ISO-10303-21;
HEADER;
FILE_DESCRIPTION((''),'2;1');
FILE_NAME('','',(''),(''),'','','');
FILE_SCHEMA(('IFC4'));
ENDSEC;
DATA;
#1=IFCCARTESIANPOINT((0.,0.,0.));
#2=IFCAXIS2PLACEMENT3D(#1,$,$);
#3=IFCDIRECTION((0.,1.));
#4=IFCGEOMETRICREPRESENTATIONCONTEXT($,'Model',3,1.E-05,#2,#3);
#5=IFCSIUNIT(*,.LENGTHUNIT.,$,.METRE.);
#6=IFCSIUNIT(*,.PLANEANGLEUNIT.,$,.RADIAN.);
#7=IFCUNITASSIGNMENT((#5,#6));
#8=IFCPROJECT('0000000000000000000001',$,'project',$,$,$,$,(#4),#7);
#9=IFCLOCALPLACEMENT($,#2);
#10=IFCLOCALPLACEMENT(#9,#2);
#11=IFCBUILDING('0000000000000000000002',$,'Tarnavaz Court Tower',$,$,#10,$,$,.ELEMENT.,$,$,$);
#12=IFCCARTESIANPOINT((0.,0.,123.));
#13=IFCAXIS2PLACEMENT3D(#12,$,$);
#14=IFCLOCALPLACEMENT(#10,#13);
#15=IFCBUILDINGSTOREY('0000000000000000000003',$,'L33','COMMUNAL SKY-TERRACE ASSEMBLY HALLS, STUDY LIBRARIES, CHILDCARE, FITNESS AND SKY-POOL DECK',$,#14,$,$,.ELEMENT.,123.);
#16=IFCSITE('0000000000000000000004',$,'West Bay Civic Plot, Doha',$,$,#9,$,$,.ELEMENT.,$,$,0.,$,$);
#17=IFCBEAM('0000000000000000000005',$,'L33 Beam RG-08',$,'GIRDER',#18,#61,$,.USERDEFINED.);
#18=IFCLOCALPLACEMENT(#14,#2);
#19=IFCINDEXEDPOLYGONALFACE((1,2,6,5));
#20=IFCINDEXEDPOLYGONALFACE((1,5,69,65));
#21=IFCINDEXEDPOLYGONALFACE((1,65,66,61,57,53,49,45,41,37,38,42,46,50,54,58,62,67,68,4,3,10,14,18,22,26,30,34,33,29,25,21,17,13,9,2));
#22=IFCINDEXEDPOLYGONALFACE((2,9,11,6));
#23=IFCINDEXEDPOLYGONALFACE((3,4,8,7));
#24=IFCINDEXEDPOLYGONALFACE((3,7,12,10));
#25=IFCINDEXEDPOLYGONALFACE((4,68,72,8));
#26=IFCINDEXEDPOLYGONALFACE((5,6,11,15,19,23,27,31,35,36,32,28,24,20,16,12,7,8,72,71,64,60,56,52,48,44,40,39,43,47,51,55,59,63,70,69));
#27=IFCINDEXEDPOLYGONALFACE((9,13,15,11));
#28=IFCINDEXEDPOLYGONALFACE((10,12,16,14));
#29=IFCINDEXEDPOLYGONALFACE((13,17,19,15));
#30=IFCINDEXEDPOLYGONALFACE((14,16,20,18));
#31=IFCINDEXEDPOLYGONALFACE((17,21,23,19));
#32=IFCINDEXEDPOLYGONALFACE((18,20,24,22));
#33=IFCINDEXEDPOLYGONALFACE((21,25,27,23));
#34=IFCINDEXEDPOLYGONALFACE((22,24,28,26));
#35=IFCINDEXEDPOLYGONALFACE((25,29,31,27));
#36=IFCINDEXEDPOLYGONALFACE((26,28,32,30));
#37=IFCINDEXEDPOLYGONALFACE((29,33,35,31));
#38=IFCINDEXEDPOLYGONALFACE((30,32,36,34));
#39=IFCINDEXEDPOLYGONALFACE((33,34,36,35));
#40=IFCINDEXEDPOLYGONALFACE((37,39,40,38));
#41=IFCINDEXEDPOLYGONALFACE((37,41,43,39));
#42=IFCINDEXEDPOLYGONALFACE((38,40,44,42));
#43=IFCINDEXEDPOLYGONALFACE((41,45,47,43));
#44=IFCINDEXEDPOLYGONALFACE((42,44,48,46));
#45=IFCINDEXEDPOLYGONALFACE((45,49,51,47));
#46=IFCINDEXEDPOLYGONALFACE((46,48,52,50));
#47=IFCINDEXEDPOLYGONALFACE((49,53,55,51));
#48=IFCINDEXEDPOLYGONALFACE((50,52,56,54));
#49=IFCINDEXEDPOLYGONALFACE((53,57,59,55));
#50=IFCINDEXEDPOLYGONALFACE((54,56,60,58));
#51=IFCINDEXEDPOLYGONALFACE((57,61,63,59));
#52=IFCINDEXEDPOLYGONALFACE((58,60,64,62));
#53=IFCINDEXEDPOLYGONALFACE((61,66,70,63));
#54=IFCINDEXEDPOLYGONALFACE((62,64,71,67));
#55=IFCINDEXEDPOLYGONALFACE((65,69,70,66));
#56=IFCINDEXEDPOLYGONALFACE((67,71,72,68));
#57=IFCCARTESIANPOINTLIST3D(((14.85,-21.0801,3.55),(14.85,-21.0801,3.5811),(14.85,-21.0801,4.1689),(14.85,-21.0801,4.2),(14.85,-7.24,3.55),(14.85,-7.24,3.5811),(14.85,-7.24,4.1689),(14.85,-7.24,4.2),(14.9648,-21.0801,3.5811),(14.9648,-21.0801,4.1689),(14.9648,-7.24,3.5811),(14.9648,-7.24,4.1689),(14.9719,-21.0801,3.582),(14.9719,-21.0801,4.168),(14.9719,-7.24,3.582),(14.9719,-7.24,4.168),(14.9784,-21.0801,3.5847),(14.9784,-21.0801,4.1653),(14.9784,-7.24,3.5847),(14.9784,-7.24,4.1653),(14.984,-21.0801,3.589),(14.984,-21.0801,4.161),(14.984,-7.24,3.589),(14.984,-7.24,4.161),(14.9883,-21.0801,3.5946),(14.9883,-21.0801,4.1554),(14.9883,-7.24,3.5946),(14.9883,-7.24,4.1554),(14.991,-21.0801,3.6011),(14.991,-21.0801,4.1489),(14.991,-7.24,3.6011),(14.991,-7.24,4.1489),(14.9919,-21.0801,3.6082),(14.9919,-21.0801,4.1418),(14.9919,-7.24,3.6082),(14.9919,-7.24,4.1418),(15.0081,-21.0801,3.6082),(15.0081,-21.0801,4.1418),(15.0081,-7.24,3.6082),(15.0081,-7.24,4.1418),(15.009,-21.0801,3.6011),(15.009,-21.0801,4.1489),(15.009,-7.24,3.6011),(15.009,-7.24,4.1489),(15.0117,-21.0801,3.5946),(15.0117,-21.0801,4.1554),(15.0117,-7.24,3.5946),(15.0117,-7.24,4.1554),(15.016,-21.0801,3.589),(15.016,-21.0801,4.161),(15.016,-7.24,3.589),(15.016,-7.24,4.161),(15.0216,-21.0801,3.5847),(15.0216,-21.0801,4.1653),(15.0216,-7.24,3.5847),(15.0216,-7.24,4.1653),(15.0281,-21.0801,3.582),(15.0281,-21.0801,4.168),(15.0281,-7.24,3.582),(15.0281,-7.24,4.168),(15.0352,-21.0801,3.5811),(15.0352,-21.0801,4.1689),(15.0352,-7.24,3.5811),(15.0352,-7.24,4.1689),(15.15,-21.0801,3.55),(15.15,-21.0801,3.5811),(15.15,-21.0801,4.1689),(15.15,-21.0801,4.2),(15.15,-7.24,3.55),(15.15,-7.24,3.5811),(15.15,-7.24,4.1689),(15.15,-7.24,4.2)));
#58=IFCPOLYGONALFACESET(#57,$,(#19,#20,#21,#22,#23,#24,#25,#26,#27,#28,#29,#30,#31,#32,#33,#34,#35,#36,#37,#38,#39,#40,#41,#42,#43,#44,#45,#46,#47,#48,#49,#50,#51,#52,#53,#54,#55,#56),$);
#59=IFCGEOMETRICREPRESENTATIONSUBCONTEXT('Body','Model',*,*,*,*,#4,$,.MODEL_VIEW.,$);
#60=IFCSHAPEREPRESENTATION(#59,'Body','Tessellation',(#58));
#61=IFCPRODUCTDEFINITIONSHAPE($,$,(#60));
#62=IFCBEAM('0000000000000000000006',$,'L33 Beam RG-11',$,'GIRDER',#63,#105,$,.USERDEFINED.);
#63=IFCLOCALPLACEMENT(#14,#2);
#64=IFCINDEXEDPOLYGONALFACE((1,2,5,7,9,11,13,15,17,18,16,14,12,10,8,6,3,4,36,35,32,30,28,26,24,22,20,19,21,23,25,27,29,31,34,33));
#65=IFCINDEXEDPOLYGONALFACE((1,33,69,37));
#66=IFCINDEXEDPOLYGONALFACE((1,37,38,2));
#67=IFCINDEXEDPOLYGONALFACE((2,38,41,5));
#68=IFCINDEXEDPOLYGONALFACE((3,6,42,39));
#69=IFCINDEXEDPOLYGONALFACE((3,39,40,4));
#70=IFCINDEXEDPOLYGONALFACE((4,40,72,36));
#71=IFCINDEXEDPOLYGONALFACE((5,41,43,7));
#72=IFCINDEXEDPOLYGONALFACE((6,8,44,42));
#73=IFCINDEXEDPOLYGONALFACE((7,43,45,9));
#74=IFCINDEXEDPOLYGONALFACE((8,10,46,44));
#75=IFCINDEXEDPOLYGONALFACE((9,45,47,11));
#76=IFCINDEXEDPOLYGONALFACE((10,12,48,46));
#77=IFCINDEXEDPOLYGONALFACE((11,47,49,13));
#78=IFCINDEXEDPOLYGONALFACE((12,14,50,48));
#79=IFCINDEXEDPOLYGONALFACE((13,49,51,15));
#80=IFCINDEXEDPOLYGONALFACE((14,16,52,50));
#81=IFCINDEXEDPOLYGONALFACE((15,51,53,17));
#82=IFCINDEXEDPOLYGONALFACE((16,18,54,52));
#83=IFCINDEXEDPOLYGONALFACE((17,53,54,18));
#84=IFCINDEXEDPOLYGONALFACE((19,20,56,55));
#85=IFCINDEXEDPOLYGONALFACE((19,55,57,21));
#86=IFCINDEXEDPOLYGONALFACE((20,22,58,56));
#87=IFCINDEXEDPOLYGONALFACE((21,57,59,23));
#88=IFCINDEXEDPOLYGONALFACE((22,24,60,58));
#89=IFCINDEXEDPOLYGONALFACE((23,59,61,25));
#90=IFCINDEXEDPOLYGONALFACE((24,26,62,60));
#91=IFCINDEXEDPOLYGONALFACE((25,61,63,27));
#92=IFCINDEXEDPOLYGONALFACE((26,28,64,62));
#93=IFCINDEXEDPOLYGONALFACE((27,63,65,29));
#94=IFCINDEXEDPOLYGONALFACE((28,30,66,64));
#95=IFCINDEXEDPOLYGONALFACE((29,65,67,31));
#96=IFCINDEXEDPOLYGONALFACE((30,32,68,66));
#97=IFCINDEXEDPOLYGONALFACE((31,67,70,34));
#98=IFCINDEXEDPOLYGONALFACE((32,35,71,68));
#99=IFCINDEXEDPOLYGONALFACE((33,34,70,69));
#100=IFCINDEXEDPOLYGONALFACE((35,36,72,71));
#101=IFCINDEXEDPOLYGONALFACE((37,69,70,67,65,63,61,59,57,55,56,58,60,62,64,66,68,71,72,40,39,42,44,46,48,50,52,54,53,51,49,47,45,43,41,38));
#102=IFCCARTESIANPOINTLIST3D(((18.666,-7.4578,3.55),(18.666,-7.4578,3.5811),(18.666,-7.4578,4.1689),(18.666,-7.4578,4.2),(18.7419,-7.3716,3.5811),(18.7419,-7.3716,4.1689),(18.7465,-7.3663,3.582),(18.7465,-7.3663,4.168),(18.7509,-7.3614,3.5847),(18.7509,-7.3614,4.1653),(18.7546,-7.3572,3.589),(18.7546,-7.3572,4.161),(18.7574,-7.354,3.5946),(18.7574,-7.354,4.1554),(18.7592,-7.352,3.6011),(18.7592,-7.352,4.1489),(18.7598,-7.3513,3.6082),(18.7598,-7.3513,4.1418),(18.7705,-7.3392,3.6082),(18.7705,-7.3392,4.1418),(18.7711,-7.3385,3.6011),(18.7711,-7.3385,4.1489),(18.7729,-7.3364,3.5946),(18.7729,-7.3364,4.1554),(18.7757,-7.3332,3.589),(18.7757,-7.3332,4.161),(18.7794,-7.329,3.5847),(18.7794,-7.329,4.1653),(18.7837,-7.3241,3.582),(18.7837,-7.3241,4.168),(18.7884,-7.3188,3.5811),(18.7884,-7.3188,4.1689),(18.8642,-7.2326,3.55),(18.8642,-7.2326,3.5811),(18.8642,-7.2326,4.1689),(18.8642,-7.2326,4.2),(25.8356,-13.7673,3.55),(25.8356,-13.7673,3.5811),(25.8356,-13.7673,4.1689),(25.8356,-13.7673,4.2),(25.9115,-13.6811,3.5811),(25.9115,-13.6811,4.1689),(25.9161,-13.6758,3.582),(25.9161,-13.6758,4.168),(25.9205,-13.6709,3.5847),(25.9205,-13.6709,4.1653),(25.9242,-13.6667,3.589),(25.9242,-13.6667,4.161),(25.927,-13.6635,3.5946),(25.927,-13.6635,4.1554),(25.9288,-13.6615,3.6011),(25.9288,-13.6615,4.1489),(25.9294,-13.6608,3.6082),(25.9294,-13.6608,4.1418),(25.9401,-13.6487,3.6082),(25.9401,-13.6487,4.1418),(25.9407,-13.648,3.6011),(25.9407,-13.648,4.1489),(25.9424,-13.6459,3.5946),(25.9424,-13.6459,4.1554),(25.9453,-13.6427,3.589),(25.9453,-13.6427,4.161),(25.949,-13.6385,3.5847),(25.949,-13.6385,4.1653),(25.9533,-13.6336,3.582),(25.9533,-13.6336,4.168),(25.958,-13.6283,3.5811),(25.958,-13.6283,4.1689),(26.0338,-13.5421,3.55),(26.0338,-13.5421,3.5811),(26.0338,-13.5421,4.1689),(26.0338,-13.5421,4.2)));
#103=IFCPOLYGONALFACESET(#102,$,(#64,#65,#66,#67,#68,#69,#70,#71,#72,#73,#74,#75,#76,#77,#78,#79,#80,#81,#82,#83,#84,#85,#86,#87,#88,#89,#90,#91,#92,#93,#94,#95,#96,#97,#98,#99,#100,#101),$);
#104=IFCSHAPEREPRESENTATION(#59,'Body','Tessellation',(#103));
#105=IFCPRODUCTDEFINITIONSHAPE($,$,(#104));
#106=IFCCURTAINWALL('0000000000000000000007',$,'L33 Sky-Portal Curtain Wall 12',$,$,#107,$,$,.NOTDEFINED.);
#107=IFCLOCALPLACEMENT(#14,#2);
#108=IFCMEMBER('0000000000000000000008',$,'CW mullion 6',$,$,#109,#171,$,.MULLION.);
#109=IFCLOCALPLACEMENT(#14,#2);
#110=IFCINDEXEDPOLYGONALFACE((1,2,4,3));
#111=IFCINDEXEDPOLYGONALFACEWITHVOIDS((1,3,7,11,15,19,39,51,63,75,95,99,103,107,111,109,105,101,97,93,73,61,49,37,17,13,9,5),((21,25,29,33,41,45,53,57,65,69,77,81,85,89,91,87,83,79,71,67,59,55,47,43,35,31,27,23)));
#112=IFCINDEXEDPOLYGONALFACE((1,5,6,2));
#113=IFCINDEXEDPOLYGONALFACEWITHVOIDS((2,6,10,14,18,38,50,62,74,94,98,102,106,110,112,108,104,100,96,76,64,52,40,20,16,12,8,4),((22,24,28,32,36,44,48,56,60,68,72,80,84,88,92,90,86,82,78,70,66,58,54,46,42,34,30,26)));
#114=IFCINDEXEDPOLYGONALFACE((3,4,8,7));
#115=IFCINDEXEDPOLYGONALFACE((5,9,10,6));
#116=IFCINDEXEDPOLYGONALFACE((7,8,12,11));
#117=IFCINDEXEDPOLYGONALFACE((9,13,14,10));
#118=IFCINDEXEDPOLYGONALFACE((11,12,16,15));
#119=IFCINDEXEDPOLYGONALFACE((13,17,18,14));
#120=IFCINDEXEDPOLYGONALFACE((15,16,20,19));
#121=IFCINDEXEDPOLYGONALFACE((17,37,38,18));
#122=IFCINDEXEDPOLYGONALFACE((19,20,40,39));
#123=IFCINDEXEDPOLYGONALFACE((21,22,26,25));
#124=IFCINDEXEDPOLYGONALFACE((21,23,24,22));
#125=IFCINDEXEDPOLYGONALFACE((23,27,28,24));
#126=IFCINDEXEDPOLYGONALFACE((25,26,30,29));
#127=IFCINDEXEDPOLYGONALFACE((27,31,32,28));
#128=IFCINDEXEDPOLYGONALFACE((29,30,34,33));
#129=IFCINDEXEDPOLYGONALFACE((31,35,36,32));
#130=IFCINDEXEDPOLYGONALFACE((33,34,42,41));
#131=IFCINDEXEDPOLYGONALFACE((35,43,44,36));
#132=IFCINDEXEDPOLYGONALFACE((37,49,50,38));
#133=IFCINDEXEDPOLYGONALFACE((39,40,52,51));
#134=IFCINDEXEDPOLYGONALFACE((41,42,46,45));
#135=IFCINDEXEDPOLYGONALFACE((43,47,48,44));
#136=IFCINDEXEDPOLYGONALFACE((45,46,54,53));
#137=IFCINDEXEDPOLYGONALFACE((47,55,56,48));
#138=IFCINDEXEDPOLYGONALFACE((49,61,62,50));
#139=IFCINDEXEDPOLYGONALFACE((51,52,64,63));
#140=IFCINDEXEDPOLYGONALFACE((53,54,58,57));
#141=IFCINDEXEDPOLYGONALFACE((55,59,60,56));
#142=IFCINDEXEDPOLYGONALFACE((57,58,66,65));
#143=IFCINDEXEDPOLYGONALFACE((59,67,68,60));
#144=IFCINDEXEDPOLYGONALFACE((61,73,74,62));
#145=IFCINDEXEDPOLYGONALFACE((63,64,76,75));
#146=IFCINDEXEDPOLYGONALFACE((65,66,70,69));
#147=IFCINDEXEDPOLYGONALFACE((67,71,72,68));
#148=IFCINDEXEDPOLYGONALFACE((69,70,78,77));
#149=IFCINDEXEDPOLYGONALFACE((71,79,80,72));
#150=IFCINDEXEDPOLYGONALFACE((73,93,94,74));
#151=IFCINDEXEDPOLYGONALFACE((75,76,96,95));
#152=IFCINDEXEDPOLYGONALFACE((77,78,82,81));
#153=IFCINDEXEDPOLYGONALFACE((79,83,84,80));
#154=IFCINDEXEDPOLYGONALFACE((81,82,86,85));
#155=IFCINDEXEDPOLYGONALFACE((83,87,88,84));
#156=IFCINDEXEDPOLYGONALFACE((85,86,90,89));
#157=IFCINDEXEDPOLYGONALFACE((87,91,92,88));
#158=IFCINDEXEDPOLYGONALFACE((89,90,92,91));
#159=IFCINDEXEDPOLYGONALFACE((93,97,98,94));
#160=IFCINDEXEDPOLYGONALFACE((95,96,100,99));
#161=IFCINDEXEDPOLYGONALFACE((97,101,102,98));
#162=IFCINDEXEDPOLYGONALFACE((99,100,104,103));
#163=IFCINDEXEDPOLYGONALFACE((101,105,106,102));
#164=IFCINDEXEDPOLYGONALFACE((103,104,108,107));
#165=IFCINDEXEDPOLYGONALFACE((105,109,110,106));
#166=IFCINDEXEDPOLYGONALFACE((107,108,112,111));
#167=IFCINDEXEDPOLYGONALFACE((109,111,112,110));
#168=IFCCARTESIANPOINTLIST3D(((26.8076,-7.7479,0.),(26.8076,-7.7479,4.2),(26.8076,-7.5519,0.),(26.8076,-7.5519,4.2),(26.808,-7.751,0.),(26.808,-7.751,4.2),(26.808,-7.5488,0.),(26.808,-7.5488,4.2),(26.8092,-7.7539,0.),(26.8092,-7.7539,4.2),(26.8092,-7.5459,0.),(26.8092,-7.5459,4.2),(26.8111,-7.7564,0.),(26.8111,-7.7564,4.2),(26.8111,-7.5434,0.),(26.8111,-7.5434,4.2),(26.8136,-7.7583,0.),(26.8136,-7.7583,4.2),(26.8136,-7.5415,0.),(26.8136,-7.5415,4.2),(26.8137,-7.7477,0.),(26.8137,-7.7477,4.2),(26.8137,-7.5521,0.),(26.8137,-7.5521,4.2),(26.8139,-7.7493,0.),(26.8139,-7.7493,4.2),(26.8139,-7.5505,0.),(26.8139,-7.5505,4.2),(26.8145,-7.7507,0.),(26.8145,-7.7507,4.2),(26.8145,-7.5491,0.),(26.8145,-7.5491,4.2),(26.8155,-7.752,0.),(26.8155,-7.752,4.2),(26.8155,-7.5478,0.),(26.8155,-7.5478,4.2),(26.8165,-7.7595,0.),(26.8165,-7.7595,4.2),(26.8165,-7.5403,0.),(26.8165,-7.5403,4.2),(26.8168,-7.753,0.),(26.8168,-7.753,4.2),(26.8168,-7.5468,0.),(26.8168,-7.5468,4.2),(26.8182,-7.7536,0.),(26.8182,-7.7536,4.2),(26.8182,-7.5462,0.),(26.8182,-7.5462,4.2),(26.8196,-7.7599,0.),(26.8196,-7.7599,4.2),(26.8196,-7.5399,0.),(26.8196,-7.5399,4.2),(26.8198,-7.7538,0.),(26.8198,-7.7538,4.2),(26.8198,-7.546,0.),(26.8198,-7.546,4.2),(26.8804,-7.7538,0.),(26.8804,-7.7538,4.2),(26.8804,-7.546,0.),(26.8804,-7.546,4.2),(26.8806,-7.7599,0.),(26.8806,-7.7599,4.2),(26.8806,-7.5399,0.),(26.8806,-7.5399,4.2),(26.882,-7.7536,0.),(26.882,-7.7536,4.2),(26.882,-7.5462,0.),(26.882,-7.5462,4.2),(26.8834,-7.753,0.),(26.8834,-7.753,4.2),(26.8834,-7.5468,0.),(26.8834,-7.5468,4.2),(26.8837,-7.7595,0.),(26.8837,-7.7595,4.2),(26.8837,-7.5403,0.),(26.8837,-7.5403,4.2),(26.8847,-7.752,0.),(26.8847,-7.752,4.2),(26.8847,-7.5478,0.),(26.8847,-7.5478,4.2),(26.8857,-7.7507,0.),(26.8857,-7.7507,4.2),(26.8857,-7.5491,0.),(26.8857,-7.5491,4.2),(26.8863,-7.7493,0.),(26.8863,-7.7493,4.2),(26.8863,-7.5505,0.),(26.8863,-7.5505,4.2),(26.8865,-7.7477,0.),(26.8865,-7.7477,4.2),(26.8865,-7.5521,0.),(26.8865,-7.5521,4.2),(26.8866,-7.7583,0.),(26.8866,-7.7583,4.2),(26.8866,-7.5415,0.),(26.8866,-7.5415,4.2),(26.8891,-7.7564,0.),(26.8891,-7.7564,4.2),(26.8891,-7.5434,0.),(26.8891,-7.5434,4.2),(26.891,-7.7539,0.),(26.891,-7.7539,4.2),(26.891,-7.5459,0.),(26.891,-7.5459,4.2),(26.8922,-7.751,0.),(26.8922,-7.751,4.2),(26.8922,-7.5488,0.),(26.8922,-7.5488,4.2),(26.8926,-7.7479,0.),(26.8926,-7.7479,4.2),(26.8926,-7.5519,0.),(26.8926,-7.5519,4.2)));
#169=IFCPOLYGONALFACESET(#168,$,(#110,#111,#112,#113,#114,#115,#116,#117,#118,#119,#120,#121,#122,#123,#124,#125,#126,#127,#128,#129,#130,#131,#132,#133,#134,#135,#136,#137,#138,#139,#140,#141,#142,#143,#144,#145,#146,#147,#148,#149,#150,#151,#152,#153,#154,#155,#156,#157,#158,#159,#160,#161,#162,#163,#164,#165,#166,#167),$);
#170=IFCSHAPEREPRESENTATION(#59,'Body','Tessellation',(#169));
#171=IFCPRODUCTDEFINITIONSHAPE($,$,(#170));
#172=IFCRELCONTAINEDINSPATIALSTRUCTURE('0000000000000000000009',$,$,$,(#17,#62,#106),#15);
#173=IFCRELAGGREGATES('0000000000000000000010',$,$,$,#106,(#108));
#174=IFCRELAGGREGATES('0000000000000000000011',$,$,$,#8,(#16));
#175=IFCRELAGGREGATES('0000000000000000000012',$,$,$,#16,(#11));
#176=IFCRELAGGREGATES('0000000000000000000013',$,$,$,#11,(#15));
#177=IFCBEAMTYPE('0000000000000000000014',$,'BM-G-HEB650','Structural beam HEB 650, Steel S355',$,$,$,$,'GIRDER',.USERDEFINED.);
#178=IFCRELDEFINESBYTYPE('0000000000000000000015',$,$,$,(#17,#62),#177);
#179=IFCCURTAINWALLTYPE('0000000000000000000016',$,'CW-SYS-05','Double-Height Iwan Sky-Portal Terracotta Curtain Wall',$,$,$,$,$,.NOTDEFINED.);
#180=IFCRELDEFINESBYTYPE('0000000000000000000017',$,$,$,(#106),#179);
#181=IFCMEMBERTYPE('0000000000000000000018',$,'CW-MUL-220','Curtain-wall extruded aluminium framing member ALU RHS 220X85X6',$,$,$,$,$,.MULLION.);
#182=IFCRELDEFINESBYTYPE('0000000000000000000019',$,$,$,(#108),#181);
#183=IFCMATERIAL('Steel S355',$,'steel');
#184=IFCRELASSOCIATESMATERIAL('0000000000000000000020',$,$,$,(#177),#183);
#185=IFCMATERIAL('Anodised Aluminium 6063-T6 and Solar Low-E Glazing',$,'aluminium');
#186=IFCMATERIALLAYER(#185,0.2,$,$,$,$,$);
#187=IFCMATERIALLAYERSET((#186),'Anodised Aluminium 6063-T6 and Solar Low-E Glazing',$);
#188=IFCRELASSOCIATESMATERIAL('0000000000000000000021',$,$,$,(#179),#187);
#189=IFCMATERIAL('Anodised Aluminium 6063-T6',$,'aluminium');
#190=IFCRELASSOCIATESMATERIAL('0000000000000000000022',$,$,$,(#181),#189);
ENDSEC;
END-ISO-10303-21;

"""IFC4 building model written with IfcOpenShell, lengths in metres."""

from ifc_helpers import new_model, si_unit, direction, frame, origin, origin_2d, place, context, subcontext, project, spatial, hollow_rectangle, i_section, extrude, material, layer, layer_set, material_profile, profile_set, type_object, element, aggregate, save


model = new_model("IFC4")

# Units and contexts
model_context = context("Model", 3, precision=1e-05, world=origin(), true_north=direction((0.0, 1.0)))
body_context = subcontext(model_context, "Body", "Model", "MODEL_VIEW")
ifc_project = project(units=[si_unit("LENGTHUNIT", "METRE"), si_unit("PLANEANGLEUNIT", "RADIAN")], contexts=[model_context])

# Site, building, storey
site_placement = place(None, origin())
site = spatial("IfcSite", under=ifc_project, at=site_placement, Name="West Bay Civic Plot, Doha", CompositionType="ELEMENT", RefElevation=0.0)
building_placement = place(site_placement, origin())
building = spatial("IfcBuilding", under=site, at=building_placement, Name="Tarnavaz Court Tower", CompositionType="ELEMENT")
storey_placement = place(building_placement, frame((0.0, 0.0, 123.0)))
storey = spatial("IfcBuildingStorey", under=building, at=storey_placement, Name="L33", Description="COMMUNAL SKY-TERRACE ASSEMBLY HALLS, STUDY LIBRARIES, CHILDCARE, FITNESS AND SKY-POOL DECK", CompositionType="ELEMENT", Elevation=123.0)

# Beams
ifc_material_1 = material(Name="Steel S355", Category="steel")
ifc_material_profile_1 = material_profile(ifc_material_1, i_section(OverallWidth=0.3, OverallDepth=0.6499, WebThickness=0.0161, FlangeThickness=0.031, FilletRadius=0.0271, at=origin_2d()), Name="HEB 650")
ifc_profile_set_1 = profile_set([ifc_material_profile_1], Name="Steel S355")
beam_type = type_object("IfcBeamType", Name="BM-G-HEB650", Description="Structural beam HEB 650, Steel S355", ElementType="GIRDER", PredefinedType="USERDEFINED", material=ifc_profile_set_1)
beam_1_placement = place(storey_placement, frame((15.0, -7.24, 3.875), z_axis=(0.0, -1.0, 0.0), x_axis=(1.0, 0.0, 0.0)))
element("IfcBeam", 1, at=beam_1_placement, inside=storey, type_object=beam_type, Name="L33 Beam RG-08", ObjectType="GIRDER", PredefinedType="USERDEFINED", context=body_context, shape_type="SweptSolid", body=[
    extrude(i_section(OverallWidth=0.3, OverallDepth=0.6499, WebThickness=0.0161, FlangeThickness=0.031, FilletRadius=0.0271, at=origin_2d()), origin(), (0.0, 0.0, 1.0), 13.8401),
])
beam_2_placement = place(storey_placement, frame((18.7651, -7.3452, 3.875), z_axis=(0.7507, -0.660643, 0.0), x_axis=(0.660643, 0.7507, 0.0)))
element("IfcBeam", 2, at=beam_2_placement, inside=storey, type_object=beam_type, Name="L33 Beam RG-11", ObjectType="GIRDER", PredefinedType="USERDEFINED", context=body_context, shape_type="SweptSolid", body=[
    extrude(i_section(OverallWidth=0.3, OverallDepth=0.6499, WebThickness=0.0161, FlangeThickness=0.031, FilletRadius=0.0271, at=origin_2d()), origin(), (0.0, 0.0, 1.0), 9.5505),
])

# Curtain wall, member
ifc_material_2 = material(Name="Anodised Aluminium 6063-T6 and Solar Low-E Glazing", Category="aluminium")
ifc_layer_1 = layer(ifc_material_2, 0.2)
ifc_layer_set_1 = layer_set([ifc_layer_1], Name="Anodised Aluminium 6063-T6 and Solar Low-E Glazing")
curtain_wall_type = type_object("IfcCurtainWallType", Name="CW-SYS-05", Description="Double-Height Iwan Sky-Portal Terracotta Curtain Wall", PredefinedType="NOTDEFINED", material=ifc_layer_set_1)
curtain_wall_placement = place(storey_placement, origin())
curtain_wall = element("IfcCurtainWall", 3, at=curtain_wall_placement, inside=storey, type_object=curtain_wall_type, Name="L33 Sky-Portal Curtain Wall 12", PredefinedType="NOTDEFINED")
ifc_material_3 = material(Name="Anodised Aluminium 6063-T6", Category="aluminium")
ifc_material_profile_2 = material_profile(ifc_material_3, hollow_rectangle(XDim=0.085, YDim=0.22, WallThickness=0.0061, InnerFilletRadius=0.0061, OuterFilletRadius=0.012, at=origin_2d()), Name="ALU RHS 220X85X6")
ifc_profile_set_2 = profile_set([ifc_material_profile_2], Name="Anodised Aluminium 6063-T6")
member_type_1 = type_object("IfcMemberType", Name="CW-MUL-220", Description="Curtain-wall extruded aluminium framing member ALU RHS 220X85X6", PredefinedType="MULLION", material=ifc_profile_set_2)
member_1_placement = place(storey_placement, frame((26.8501, -7.6499, 0.0), z_axis=(0.0, 0.0, 1.0), x_axis=(1.0, 0.0, 0.0)))
member_1 = element("IfcMember", 4, at=member_1_placement, type_object=member_type_1, Name="CW mullion 6", PredefinedType="MULLION", context=body_context, shape_type="SweptSolid", body=[
    extrude(hollow_rectangle(XDim=0.085, YDim=0.22, WallThickness=0.0061, InnerFilletRadius=0.0061, OuterFilletRadius=0.012, at=origin_2d()), origin(), (0.0, 0.0, 1.0), 4.2),
])
aggregate(curtain_wall, [member_1])

save(model, "model.ifc")
